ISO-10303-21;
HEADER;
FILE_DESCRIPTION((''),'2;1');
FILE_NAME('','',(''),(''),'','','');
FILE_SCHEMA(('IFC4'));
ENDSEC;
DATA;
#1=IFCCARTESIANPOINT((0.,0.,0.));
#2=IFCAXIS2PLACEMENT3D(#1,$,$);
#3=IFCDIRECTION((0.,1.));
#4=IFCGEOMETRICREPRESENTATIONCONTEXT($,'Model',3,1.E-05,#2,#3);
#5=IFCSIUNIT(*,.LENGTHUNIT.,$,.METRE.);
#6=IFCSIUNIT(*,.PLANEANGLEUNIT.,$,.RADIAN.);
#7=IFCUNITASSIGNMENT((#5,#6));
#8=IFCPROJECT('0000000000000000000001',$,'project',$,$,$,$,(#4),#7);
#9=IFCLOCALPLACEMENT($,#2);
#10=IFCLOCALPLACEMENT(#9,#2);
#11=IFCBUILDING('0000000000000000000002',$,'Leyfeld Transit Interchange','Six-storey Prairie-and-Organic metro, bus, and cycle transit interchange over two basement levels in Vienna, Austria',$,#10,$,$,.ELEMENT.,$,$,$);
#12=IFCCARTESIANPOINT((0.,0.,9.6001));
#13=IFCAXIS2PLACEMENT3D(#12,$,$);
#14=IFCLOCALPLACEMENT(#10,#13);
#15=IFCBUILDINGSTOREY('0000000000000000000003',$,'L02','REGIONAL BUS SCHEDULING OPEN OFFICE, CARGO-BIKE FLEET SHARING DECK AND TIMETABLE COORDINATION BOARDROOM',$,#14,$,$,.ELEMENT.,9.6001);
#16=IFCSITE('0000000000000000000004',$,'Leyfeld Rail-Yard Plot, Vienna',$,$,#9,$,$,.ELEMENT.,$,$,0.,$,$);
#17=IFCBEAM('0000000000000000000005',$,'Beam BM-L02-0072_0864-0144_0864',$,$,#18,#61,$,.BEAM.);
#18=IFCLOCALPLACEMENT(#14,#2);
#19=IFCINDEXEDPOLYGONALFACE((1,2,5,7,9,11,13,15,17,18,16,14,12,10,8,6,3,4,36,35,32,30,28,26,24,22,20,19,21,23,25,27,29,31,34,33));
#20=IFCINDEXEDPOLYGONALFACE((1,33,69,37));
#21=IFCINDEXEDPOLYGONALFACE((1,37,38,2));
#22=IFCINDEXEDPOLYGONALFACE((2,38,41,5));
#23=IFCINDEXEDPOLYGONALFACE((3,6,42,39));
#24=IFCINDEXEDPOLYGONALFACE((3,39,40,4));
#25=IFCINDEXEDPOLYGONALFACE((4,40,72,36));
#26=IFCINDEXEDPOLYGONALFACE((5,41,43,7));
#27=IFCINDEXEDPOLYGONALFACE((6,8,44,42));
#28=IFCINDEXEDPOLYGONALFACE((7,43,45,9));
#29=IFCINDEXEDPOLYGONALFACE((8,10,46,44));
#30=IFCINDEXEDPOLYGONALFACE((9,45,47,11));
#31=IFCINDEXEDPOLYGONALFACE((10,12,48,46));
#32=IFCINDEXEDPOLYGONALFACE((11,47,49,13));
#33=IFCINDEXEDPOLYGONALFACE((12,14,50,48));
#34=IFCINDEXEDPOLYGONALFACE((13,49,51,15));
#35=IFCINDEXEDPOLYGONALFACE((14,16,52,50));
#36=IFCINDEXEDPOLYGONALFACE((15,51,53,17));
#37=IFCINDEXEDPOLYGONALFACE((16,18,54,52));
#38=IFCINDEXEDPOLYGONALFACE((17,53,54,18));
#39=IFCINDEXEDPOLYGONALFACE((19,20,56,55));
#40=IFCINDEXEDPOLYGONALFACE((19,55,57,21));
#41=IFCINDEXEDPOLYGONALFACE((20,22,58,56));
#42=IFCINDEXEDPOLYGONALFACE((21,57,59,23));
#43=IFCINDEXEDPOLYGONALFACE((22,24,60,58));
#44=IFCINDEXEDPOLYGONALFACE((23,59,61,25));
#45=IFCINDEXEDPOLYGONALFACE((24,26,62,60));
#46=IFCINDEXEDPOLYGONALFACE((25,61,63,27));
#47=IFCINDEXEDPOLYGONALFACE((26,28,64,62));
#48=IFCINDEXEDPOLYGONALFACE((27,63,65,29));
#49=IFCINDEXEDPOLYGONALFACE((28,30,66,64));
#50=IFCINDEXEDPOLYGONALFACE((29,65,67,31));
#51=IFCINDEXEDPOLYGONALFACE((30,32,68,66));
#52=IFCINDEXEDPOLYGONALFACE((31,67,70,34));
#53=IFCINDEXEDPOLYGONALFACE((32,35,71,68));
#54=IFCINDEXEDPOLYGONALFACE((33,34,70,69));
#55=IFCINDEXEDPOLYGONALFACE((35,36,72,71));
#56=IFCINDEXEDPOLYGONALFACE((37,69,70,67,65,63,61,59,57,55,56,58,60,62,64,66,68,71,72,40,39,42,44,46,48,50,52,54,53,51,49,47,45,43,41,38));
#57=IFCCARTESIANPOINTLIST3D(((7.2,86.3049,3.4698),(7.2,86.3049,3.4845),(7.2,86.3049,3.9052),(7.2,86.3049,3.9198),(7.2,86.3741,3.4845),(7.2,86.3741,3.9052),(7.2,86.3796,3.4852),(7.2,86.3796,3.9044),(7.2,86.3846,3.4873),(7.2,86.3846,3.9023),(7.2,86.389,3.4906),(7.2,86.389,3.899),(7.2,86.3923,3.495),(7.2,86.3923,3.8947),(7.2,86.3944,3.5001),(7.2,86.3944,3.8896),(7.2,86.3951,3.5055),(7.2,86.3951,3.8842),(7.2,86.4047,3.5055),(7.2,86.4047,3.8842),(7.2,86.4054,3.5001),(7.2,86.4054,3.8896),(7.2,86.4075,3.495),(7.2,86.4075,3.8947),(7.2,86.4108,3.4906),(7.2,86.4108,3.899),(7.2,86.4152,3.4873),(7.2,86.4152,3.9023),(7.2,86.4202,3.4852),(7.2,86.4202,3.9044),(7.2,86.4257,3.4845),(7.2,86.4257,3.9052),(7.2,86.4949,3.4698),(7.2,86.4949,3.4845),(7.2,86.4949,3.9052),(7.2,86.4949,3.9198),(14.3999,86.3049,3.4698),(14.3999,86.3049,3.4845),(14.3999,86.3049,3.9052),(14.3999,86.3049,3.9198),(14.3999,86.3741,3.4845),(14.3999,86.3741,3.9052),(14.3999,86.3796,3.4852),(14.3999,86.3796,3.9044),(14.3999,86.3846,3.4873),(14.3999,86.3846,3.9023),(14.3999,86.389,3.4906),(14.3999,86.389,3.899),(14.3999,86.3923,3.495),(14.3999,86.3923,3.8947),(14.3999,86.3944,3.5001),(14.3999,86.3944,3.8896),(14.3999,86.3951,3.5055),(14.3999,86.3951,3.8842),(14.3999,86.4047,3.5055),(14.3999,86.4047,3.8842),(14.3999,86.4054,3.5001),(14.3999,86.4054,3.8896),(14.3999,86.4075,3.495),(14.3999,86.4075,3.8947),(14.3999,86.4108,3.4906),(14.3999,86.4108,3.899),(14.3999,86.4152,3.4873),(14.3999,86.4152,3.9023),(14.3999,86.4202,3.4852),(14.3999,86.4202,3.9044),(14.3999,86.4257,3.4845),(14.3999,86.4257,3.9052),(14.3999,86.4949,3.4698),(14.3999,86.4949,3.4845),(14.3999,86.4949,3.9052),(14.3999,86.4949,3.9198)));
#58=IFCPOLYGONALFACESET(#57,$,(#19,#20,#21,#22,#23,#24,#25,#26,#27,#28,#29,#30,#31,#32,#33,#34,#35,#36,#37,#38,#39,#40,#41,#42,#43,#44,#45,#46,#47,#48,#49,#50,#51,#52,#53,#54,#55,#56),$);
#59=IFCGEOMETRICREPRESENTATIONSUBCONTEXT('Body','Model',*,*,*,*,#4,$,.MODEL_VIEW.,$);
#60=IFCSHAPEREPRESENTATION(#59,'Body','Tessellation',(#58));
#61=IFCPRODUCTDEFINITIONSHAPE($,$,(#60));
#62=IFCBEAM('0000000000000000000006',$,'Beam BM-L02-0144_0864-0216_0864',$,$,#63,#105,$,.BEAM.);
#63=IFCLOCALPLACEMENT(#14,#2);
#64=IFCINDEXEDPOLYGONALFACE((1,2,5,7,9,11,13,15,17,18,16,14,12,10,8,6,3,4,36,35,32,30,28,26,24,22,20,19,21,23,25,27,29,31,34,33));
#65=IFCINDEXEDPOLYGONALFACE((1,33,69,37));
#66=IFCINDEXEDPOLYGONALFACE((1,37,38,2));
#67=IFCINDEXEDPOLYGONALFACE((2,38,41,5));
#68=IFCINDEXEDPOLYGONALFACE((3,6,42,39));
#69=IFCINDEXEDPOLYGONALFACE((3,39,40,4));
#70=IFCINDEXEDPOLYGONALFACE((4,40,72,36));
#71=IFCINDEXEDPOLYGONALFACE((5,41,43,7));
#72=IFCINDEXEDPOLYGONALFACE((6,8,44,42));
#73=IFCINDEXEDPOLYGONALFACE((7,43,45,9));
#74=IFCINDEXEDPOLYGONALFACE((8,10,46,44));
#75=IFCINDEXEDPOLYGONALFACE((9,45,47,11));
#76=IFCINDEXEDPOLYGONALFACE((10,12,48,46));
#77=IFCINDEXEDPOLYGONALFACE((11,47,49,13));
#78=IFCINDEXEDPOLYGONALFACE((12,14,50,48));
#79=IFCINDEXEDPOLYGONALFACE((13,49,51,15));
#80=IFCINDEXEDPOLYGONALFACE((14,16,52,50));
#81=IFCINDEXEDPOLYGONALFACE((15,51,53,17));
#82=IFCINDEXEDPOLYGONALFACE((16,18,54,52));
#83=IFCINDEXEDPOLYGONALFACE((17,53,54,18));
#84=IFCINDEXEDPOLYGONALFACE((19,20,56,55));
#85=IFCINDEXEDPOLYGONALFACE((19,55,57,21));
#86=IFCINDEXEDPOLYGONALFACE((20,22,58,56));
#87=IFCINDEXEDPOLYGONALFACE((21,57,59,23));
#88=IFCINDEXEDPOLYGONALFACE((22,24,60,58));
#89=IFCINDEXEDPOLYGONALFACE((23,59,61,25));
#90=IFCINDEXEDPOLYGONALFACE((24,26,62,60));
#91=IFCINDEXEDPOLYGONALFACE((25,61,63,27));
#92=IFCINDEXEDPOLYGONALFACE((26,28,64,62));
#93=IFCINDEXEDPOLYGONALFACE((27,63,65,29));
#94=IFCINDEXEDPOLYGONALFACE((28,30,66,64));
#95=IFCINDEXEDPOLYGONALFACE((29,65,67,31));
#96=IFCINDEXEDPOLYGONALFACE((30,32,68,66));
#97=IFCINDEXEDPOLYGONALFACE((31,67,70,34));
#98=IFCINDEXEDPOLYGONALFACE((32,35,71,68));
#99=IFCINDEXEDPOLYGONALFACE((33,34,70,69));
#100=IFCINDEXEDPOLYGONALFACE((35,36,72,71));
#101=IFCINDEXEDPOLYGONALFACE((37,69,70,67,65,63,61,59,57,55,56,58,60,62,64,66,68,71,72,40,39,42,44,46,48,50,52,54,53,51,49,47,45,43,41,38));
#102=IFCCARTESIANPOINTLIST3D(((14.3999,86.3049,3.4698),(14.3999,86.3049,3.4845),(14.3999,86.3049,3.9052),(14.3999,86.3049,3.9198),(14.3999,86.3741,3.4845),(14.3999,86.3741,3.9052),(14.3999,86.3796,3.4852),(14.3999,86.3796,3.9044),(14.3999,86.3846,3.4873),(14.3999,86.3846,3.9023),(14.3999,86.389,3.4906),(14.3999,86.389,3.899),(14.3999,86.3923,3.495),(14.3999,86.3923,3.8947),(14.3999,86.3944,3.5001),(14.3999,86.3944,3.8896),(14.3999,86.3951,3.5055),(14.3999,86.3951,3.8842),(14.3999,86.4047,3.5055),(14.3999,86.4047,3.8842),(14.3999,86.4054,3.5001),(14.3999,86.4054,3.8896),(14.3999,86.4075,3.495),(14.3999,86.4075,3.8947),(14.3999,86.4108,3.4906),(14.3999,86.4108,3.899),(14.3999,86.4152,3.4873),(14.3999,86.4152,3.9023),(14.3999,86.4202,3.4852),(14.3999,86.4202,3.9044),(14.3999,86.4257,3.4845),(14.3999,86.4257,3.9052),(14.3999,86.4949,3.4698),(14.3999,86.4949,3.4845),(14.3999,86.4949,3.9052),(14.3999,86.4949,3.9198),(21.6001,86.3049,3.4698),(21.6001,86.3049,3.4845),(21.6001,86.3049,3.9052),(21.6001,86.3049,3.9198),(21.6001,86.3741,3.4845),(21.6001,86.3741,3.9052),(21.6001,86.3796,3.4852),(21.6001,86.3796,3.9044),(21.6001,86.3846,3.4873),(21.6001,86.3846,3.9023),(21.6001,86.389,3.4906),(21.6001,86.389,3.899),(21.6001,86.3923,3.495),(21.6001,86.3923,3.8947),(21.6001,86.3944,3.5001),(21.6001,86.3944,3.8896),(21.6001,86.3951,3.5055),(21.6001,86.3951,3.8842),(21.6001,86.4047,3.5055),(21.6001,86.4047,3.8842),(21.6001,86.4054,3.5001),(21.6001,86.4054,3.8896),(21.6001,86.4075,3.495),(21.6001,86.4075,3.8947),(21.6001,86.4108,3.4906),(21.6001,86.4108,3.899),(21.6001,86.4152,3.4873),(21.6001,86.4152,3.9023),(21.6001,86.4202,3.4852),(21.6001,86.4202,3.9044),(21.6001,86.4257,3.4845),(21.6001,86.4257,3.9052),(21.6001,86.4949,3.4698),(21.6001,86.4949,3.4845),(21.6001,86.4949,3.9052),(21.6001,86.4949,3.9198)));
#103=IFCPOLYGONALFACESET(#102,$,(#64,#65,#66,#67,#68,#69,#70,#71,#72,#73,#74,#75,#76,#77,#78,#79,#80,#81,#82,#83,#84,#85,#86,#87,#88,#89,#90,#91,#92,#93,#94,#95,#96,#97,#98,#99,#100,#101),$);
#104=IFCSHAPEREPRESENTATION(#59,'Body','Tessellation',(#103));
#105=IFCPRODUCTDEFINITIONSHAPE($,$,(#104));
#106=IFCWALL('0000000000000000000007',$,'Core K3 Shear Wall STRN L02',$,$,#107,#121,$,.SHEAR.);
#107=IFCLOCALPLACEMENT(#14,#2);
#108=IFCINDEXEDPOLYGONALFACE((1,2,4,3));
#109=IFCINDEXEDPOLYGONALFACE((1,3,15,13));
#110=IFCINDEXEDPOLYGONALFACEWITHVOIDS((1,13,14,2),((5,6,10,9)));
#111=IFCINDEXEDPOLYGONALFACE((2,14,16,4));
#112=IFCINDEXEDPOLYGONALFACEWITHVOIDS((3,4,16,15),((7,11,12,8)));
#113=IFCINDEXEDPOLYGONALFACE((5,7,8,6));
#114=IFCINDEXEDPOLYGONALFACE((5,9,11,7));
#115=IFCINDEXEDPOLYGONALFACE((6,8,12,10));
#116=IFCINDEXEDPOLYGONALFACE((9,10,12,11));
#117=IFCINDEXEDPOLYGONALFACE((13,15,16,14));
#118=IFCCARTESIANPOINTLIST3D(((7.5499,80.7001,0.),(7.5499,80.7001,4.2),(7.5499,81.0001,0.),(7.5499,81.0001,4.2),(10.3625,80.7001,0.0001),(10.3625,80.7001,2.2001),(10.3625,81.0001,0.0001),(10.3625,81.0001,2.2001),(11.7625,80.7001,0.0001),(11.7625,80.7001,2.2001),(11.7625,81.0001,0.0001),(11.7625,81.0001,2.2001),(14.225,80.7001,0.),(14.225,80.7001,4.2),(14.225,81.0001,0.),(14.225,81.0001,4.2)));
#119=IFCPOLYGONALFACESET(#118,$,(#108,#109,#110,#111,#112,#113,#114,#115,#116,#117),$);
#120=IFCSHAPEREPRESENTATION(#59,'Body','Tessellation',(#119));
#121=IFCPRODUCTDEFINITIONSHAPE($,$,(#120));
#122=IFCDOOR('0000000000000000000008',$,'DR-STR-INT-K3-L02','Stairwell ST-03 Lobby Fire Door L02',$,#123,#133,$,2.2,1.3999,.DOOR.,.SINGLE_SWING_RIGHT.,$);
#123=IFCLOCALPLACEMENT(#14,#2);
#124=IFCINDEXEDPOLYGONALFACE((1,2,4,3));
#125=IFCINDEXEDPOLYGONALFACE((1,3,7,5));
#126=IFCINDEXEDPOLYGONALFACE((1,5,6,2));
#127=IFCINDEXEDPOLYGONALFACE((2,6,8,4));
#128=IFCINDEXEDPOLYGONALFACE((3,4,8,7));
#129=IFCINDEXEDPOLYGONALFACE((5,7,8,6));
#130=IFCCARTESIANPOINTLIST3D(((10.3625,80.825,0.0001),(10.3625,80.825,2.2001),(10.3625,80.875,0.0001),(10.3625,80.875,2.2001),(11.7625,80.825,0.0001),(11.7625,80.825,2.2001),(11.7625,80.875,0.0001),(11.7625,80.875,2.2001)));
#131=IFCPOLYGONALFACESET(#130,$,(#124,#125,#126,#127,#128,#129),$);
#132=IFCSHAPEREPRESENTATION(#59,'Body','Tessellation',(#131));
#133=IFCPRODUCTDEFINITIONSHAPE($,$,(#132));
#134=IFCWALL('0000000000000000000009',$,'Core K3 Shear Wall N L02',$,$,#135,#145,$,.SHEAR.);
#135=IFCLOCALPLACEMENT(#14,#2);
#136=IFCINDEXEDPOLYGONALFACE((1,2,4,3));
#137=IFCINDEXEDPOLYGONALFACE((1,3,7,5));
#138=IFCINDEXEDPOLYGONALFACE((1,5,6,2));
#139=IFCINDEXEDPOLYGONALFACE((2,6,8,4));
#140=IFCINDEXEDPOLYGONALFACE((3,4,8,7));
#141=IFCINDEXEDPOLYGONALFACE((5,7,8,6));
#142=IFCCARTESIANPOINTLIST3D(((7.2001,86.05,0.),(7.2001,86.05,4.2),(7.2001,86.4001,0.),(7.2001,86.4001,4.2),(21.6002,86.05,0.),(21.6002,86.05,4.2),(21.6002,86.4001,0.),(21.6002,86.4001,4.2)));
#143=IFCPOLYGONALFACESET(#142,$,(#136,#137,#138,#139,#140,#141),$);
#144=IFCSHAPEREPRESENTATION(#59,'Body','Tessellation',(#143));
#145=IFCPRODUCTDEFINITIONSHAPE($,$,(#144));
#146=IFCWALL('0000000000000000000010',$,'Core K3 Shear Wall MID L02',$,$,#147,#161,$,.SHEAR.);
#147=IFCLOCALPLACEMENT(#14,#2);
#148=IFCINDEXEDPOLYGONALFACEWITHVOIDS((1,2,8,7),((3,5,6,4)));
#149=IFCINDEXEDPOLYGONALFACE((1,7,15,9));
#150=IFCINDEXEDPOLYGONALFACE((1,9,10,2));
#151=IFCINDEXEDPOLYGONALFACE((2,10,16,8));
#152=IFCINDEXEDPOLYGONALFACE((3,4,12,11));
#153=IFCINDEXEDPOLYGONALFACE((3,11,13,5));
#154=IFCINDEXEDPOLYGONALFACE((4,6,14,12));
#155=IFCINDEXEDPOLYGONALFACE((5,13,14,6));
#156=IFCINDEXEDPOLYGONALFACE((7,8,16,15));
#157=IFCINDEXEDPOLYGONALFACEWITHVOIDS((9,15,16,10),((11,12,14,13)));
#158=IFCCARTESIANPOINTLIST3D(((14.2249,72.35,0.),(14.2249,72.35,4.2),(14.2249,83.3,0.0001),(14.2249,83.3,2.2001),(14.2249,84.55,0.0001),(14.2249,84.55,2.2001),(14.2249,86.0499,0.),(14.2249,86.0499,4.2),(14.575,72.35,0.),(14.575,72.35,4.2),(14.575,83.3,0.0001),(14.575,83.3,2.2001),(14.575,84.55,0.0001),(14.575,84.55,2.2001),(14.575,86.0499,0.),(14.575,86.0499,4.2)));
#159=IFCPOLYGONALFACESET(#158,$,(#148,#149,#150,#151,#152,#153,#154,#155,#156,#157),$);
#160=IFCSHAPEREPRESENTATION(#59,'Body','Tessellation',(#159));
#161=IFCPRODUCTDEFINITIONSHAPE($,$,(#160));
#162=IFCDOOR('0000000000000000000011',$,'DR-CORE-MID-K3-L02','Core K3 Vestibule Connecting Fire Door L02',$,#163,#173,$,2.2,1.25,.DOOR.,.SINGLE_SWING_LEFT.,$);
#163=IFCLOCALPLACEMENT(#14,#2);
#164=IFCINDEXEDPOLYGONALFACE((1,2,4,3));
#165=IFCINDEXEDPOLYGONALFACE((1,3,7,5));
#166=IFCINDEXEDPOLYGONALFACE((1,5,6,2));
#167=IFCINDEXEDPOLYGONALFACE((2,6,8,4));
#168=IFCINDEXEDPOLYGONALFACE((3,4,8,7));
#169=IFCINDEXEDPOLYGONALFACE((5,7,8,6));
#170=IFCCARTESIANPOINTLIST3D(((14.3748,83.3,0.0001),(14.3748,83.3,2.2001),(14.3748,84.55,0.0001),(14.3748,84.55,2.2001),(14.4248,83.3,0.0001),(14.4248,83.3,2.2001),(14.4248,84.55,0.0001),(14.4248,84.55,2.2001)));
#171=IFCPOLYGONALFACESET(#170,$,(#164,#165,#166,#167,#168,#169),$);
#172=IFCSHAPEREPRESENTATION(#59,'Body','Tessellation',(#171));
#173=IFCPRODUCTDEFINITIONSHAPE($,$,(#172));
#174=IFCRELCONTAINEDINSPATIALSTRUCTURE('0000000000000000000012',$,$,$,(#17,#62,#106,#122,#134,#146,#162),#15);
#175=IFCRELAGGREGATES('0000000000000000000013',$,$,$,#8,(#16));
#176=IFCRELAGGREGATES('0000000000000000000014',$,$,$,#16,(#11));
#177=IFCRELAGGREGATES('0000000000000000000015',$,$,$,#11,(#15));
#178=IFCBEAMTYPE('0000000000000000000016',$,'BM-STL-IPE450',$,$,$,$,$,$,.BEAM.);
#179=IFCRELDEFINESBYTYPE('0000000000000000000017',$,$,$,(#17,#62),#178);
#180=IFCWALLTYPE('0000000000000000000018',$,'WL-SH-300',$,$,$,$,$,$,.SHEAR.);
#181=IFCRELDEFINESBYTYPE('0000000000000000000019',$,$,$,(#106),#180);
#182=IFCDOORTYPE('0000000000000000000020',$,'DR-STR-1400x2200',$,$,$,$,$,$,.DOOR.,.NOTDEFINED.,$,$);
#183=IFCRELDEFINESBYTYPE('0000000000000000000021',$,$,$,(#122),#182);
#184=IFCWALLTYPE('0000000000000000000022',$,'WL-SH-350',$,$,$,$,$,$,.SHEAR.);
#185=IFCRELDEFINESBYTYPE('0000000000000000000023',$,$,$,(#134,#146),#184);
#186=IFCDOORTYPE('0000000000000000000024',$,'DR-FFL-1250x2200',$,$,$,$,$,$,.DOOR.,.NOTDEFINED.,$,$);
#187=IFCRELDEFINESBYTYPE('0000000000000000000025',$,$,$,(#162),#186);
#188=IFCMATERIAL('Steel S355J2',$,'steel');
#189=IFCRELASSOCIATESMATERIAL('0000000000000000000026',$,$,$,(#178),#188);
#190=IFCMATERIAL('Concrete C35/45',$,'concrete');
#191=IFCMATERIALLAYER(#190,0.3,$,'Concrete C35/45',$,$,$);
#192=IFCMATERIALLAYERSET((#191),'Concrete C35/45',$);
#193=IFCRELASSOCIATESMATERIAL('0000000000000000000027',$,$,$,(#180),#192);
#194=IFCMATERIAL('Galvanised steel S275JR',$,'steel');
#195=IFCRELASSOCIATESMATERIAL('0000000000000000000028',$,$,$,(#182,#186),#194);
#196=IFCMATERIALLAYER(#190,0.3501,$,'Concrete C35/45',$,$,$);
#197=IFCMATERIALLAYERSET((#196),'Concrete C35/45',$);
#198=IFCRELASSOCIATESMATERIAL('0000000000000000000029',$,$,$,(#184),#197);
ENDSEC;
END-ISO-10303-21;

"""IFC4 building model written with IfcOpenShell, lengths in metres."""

from ifc_helpers import new_model, si_unit, direction, frame, frame_2d, origin, origin_2d, place, context, subcontext, project, spatial, rectangle, i_section, extrude, material, layer, layer_set, material_profile, profile_set, type_object, element, fill, save


model = new_model("IFC4")

# Units and contexts
model_context = context("Model", 3, precision=1e-05, world=origin(), true_north=direction((0.0, 1.0)))
body_context = subcontext(model_context, "Body", "Model", "MODEL_VIEW")
ifc_project = project(units=[si_unit("LENGTHUNIT", "METRE"), si_unit("PLANEANGLEUNIT", "RADIAN")], contexts=[model_context])

# Site, building, storey
site_placement = place(None, origin())
site = spatial("IfcSite", under=ifc_project, at=site_placement, Name="Leyfeld Rail-Yard Plot, Vienna", CompositionType="ELEMENT", RefElevation=0.0)
building_placement = place(site_placement, origin())
building = spatial("IfcBuilding", under=site, at=building_placement, Name="Leyfeld Transit Interchange", Description="Six-storey Prairie-and-Organic metro, bus, and cycle transit interchange over two basement levels in Vienna, Austria", CompositionType="ELEMENT")
storey_placement = place(building_placement, frame((0.0, 0.0, 9.6001)))
storey = spatial("IfcBuildingStorey", under=building, at=storey_placement, Name="L02", Description="REGIONAL BUS SCHEDULING OPEN OFFICE, CARGO-BIKE FLEET SHARING DECK AND TIMETABLE COORDINATION BOARDROOM", CompositionType="ELEMENT", Elevation=9.6001)

# Shared definitions
ifc_material_1 = material(Name="Concrete C35/45", Category="concrete")

# Beams
ifc_material_2 = material(Name="Steel S355J2", Category="steel")
ifc_material_profile_1 = material_profile(ifc_material_2, i_section(OverallWidth=0.1899, OverallDepth=0.45, WebThickness=0.0095, FlangeThickness=0.0146, FilletRadius=0.021, at=origin_2d()), Name="IPE 450")
ifc_profile_set_1 = profile_set([ifc_material_profile_1], Name="Steel S355J2")
beam_type_1 = type_object("IfcBeamType", Name="BM-STL-IPE450", PredefinedType="BEAM", material=ifc_profile_set_1)
beam_1_placement = place(storey_placement, frame((7.2, 86.3999, 3.6948), z_axis=(1.0, 0.0, 0.0), x_axis=(0.0, 1.0, 0.0)))
element("IfcBeam", 1, at=beam_1_placement, inside=storey, type_object=beam_type_1, Name="Beam BM-L02-0072_0864-0144_0864", PredefinedType="BEAM", context=body_context, shape_type="SweptSolid", body=[
    extrude(i_section(OverallWidth=0.1899, OverallDepth=0.45, WebThickness=0.0095, FlangeThickness=0.0146, FilletRadius=0.021, at=origin_2d()), origin(), (0.0, 0.0, 1.0), 7.2),
])
beam_2_placement = place(storey_placement, frame((14.3999, 86.3999, 3.6948), z_axis=(1.0, 0.0, 0.0), x_axis=(0.0, 1.0, 0.0)))
element("IfcBeam", 2, at=beam_2_placement, inside=storey, type_object=beam_type_1, Name="Beam BM-L02-0144_0864-0216_0864", PredefinedType="BEAM", context=body_context, shape_type="SweptSolid", body=[
    extrude(i_section(OverallWidth=0.1899, OverallDepth=0.45, WebThickness=0.0095, FlangeThickness=0.0146, FilletRadius=0.021, at=origin_2d()), origin(), (0.0, 0.0, 1.0), 7.2002),
])

# Wall, opening, door
ifc_layer_1 = layer(ifc_material_1, 0.3, Name="Concrete C35/45")
ifc_layer_set_1 = layer_set([ifc_layer_1], Name="Concrete C35/45")
wall_type_1 = type_object("IfcWallType", Name="WL-SH-300", PredefinedType="SHEAR", material=ifc_layer_set_1)
wall_1_placement = place(storey_placement, frame((7.55, 80.8501, 0.0), z_axis=(0.0, 0.0, 1.0), x_axis=(1.0, 0.0, 0.0)))
wall_1 = element("IfcWall", 3, at=wall_1_placement, inside=storey, type_object=wall_type_1, Name="Core K3 Shear Wall STRN L02", PredefinedType="SHEAR", context=body_context, shape_type="SweptSolid", body=[
    extrude(rectangle(XDim=6.675, YDim=0.3, at=frame_2d((3.3374, 0.0))), origin(), (0.0, 0.0, 1.0), 4.2),
])
opening_1_placement = place(wall_1_placement, frame((2.8125, 0.0, 0.0)))
opening_1 = element("IfcOpeningElement", 4, at=opening_1_placement, cuts=wall_1, PredefinedType="OPENING", context=body_context, shape_type="SweptSolid", body=[
    extrude(rectangle(XDim=1.3999, YDim=2.2, at=frame_2d((0.7, 1.1001))), frame((0.0, 0.1599, 0.0), z_axis=(0.0, -1.0, 0.0), x_axis=(1.0, 0.0, 0.0)), (0.0, 0.0, 1.0), 0.3201),
])
ifc_material_3 = material(Name="Galvanised steel S275JR", Category="steel")
door_type_1 = type_object("IfcDoorType", Name="DR-STR-1400x2200", OperationType="NOTDEFINED", PredefinedType="DOOR", material=ifc_material_3)
door_1_placement = place(opening_1_placement, origin())
door_1 = element("IfcDoor", 5, at=door_1_placement, inside=storey, type_object=door_type_1, Name="DR-STR-INT-K3-L02", Description="Stairwell ST-03 Lobby Fire Door L02", OperationType="SINGLE_SWING_RIGHT", OverallHeight=2.2, OverallWidth=1.3999, PredefinedType="DOOR", context=body_context, shape_type="SweptSolid", body=[
    extrude(rectangle(XDim=1.3999, YDim=2.2, at=frame_2d((0.7, 1.1001))), frame((0.0, 0.0249, 0.0), z_axis=(0.0, -1.0, 0.0), x_axis=(1.0, 0.0, 0.0)), (0.0, 0.0, 1.0), 0.05),
])
fill(opening_1, door_1)

# Wall
ifc_layer_2 = layer(ifc_material_1, 0.3501, Name="Concrete C35/45")
ifc_layer_set_2 = layer_set([ifc_layer_2], Name="Concrete C35/45")
wall_type_2 = type_object("IfcWallType", Name="WL-SH-350", PredefinedType="SHEAR", material=ifc_layer_set_2)
wall_2_placement = place(storey_placement, frame((7.2, 86.2251, 0.0), z_axis=(0.0, 0.0, 1.0), x_axis=(1.0, 0.0, 0.0)))
element("IfcWall", 6, at=wall_2_placement, inside=storey, type_object=wall_type_2, Name="Core K3 Shear Wall N L02", PredefinedType="SHEAR", context=body_context, shape_type="SweptSolid", body=[
    extrude(rectangle(XDim=14.4001, YDim=0.3501, at=frame_2d((7.2002, 0.0))), origin(), (0.0, 0.0, 1.0), 4.2),
])

# Wall, opening, door
wall_3_placement = place(storey_placement, frame((14.3999, 86.05, 0.0), z_axis=(0.0, 0.0, 1.0), x_axis=(0.0, -1.0, 0.0)))
wall_3 = element("IfcWall", 7, at=wall_3_placement, inside=storey, type_object=wall_type_2, Name="Core K3 Shear Wall MID L02", PredefinedType="SHEAR", context=body_context, shape_type="SweptSolid", body=[
    extrude(rectangle(XDim=13.7, YDim=0.3501, at=frame_2d((6.8501, 0.0))), origin(), (0.0, 0.0, 1.0), 4.2),
])
opening_2_placement = place(wall_3_placement, frame((1.5, 0.0, 0.0)))
opening_2 = element("IfcOpeningElement", 8, at=opening_2_placement, cuts=wall_3, PredefinedType="OPENING", context=body_context, shape_type="SweptSolid", body=[
    extrude(rectangle(XDim=1.25, YDim=2.2, at=frame_2d((0.625, 1.1001))), frame((0.0, 0.1851, 0.0), z_axis=(0.0, -1.0, 0.0), x_axis=(1.0, 0.0, 0.0)), (0.0, 0.0, 1.0), 0.3701),
])
door_type_2 = type_object("IfcDoorType", Name="DR-FFL-1250x2200", OperationType="NOTDEFINED", PredefinedType="DOOR", material=ifc_material_3)
door_2_placement = place(opening_2_placement, origin())
door_2 = element("IfcDoor", 9, at=door_2_placement, inside=storey, type_object=door_type_2, Name="DR-CORE-MID-K3-L02", Description="Core K3 Vestibule Connecting Fire Door L02", OperationType="SINGLE_SWING_LEFT", OverallHeight=2.2, OverallWidth=1.25, PredefinedType="DOOR", context=body_context, shape_type="SweptSolid", body=[
    extrude(rectangle(XDim=1.25, YDim=2.2, at=frame_2d((0.625, 1.1001))), frame((0.0, 0.0249, 0.0), z_axis=(0.0, -1.0, 0.0), x_axis=(1.0, 0.0, 0.0)), (0.0, 0.0, 1.0), 0.05),
])
fill(opening_2, door_2)

save(model, "model.ifc")
